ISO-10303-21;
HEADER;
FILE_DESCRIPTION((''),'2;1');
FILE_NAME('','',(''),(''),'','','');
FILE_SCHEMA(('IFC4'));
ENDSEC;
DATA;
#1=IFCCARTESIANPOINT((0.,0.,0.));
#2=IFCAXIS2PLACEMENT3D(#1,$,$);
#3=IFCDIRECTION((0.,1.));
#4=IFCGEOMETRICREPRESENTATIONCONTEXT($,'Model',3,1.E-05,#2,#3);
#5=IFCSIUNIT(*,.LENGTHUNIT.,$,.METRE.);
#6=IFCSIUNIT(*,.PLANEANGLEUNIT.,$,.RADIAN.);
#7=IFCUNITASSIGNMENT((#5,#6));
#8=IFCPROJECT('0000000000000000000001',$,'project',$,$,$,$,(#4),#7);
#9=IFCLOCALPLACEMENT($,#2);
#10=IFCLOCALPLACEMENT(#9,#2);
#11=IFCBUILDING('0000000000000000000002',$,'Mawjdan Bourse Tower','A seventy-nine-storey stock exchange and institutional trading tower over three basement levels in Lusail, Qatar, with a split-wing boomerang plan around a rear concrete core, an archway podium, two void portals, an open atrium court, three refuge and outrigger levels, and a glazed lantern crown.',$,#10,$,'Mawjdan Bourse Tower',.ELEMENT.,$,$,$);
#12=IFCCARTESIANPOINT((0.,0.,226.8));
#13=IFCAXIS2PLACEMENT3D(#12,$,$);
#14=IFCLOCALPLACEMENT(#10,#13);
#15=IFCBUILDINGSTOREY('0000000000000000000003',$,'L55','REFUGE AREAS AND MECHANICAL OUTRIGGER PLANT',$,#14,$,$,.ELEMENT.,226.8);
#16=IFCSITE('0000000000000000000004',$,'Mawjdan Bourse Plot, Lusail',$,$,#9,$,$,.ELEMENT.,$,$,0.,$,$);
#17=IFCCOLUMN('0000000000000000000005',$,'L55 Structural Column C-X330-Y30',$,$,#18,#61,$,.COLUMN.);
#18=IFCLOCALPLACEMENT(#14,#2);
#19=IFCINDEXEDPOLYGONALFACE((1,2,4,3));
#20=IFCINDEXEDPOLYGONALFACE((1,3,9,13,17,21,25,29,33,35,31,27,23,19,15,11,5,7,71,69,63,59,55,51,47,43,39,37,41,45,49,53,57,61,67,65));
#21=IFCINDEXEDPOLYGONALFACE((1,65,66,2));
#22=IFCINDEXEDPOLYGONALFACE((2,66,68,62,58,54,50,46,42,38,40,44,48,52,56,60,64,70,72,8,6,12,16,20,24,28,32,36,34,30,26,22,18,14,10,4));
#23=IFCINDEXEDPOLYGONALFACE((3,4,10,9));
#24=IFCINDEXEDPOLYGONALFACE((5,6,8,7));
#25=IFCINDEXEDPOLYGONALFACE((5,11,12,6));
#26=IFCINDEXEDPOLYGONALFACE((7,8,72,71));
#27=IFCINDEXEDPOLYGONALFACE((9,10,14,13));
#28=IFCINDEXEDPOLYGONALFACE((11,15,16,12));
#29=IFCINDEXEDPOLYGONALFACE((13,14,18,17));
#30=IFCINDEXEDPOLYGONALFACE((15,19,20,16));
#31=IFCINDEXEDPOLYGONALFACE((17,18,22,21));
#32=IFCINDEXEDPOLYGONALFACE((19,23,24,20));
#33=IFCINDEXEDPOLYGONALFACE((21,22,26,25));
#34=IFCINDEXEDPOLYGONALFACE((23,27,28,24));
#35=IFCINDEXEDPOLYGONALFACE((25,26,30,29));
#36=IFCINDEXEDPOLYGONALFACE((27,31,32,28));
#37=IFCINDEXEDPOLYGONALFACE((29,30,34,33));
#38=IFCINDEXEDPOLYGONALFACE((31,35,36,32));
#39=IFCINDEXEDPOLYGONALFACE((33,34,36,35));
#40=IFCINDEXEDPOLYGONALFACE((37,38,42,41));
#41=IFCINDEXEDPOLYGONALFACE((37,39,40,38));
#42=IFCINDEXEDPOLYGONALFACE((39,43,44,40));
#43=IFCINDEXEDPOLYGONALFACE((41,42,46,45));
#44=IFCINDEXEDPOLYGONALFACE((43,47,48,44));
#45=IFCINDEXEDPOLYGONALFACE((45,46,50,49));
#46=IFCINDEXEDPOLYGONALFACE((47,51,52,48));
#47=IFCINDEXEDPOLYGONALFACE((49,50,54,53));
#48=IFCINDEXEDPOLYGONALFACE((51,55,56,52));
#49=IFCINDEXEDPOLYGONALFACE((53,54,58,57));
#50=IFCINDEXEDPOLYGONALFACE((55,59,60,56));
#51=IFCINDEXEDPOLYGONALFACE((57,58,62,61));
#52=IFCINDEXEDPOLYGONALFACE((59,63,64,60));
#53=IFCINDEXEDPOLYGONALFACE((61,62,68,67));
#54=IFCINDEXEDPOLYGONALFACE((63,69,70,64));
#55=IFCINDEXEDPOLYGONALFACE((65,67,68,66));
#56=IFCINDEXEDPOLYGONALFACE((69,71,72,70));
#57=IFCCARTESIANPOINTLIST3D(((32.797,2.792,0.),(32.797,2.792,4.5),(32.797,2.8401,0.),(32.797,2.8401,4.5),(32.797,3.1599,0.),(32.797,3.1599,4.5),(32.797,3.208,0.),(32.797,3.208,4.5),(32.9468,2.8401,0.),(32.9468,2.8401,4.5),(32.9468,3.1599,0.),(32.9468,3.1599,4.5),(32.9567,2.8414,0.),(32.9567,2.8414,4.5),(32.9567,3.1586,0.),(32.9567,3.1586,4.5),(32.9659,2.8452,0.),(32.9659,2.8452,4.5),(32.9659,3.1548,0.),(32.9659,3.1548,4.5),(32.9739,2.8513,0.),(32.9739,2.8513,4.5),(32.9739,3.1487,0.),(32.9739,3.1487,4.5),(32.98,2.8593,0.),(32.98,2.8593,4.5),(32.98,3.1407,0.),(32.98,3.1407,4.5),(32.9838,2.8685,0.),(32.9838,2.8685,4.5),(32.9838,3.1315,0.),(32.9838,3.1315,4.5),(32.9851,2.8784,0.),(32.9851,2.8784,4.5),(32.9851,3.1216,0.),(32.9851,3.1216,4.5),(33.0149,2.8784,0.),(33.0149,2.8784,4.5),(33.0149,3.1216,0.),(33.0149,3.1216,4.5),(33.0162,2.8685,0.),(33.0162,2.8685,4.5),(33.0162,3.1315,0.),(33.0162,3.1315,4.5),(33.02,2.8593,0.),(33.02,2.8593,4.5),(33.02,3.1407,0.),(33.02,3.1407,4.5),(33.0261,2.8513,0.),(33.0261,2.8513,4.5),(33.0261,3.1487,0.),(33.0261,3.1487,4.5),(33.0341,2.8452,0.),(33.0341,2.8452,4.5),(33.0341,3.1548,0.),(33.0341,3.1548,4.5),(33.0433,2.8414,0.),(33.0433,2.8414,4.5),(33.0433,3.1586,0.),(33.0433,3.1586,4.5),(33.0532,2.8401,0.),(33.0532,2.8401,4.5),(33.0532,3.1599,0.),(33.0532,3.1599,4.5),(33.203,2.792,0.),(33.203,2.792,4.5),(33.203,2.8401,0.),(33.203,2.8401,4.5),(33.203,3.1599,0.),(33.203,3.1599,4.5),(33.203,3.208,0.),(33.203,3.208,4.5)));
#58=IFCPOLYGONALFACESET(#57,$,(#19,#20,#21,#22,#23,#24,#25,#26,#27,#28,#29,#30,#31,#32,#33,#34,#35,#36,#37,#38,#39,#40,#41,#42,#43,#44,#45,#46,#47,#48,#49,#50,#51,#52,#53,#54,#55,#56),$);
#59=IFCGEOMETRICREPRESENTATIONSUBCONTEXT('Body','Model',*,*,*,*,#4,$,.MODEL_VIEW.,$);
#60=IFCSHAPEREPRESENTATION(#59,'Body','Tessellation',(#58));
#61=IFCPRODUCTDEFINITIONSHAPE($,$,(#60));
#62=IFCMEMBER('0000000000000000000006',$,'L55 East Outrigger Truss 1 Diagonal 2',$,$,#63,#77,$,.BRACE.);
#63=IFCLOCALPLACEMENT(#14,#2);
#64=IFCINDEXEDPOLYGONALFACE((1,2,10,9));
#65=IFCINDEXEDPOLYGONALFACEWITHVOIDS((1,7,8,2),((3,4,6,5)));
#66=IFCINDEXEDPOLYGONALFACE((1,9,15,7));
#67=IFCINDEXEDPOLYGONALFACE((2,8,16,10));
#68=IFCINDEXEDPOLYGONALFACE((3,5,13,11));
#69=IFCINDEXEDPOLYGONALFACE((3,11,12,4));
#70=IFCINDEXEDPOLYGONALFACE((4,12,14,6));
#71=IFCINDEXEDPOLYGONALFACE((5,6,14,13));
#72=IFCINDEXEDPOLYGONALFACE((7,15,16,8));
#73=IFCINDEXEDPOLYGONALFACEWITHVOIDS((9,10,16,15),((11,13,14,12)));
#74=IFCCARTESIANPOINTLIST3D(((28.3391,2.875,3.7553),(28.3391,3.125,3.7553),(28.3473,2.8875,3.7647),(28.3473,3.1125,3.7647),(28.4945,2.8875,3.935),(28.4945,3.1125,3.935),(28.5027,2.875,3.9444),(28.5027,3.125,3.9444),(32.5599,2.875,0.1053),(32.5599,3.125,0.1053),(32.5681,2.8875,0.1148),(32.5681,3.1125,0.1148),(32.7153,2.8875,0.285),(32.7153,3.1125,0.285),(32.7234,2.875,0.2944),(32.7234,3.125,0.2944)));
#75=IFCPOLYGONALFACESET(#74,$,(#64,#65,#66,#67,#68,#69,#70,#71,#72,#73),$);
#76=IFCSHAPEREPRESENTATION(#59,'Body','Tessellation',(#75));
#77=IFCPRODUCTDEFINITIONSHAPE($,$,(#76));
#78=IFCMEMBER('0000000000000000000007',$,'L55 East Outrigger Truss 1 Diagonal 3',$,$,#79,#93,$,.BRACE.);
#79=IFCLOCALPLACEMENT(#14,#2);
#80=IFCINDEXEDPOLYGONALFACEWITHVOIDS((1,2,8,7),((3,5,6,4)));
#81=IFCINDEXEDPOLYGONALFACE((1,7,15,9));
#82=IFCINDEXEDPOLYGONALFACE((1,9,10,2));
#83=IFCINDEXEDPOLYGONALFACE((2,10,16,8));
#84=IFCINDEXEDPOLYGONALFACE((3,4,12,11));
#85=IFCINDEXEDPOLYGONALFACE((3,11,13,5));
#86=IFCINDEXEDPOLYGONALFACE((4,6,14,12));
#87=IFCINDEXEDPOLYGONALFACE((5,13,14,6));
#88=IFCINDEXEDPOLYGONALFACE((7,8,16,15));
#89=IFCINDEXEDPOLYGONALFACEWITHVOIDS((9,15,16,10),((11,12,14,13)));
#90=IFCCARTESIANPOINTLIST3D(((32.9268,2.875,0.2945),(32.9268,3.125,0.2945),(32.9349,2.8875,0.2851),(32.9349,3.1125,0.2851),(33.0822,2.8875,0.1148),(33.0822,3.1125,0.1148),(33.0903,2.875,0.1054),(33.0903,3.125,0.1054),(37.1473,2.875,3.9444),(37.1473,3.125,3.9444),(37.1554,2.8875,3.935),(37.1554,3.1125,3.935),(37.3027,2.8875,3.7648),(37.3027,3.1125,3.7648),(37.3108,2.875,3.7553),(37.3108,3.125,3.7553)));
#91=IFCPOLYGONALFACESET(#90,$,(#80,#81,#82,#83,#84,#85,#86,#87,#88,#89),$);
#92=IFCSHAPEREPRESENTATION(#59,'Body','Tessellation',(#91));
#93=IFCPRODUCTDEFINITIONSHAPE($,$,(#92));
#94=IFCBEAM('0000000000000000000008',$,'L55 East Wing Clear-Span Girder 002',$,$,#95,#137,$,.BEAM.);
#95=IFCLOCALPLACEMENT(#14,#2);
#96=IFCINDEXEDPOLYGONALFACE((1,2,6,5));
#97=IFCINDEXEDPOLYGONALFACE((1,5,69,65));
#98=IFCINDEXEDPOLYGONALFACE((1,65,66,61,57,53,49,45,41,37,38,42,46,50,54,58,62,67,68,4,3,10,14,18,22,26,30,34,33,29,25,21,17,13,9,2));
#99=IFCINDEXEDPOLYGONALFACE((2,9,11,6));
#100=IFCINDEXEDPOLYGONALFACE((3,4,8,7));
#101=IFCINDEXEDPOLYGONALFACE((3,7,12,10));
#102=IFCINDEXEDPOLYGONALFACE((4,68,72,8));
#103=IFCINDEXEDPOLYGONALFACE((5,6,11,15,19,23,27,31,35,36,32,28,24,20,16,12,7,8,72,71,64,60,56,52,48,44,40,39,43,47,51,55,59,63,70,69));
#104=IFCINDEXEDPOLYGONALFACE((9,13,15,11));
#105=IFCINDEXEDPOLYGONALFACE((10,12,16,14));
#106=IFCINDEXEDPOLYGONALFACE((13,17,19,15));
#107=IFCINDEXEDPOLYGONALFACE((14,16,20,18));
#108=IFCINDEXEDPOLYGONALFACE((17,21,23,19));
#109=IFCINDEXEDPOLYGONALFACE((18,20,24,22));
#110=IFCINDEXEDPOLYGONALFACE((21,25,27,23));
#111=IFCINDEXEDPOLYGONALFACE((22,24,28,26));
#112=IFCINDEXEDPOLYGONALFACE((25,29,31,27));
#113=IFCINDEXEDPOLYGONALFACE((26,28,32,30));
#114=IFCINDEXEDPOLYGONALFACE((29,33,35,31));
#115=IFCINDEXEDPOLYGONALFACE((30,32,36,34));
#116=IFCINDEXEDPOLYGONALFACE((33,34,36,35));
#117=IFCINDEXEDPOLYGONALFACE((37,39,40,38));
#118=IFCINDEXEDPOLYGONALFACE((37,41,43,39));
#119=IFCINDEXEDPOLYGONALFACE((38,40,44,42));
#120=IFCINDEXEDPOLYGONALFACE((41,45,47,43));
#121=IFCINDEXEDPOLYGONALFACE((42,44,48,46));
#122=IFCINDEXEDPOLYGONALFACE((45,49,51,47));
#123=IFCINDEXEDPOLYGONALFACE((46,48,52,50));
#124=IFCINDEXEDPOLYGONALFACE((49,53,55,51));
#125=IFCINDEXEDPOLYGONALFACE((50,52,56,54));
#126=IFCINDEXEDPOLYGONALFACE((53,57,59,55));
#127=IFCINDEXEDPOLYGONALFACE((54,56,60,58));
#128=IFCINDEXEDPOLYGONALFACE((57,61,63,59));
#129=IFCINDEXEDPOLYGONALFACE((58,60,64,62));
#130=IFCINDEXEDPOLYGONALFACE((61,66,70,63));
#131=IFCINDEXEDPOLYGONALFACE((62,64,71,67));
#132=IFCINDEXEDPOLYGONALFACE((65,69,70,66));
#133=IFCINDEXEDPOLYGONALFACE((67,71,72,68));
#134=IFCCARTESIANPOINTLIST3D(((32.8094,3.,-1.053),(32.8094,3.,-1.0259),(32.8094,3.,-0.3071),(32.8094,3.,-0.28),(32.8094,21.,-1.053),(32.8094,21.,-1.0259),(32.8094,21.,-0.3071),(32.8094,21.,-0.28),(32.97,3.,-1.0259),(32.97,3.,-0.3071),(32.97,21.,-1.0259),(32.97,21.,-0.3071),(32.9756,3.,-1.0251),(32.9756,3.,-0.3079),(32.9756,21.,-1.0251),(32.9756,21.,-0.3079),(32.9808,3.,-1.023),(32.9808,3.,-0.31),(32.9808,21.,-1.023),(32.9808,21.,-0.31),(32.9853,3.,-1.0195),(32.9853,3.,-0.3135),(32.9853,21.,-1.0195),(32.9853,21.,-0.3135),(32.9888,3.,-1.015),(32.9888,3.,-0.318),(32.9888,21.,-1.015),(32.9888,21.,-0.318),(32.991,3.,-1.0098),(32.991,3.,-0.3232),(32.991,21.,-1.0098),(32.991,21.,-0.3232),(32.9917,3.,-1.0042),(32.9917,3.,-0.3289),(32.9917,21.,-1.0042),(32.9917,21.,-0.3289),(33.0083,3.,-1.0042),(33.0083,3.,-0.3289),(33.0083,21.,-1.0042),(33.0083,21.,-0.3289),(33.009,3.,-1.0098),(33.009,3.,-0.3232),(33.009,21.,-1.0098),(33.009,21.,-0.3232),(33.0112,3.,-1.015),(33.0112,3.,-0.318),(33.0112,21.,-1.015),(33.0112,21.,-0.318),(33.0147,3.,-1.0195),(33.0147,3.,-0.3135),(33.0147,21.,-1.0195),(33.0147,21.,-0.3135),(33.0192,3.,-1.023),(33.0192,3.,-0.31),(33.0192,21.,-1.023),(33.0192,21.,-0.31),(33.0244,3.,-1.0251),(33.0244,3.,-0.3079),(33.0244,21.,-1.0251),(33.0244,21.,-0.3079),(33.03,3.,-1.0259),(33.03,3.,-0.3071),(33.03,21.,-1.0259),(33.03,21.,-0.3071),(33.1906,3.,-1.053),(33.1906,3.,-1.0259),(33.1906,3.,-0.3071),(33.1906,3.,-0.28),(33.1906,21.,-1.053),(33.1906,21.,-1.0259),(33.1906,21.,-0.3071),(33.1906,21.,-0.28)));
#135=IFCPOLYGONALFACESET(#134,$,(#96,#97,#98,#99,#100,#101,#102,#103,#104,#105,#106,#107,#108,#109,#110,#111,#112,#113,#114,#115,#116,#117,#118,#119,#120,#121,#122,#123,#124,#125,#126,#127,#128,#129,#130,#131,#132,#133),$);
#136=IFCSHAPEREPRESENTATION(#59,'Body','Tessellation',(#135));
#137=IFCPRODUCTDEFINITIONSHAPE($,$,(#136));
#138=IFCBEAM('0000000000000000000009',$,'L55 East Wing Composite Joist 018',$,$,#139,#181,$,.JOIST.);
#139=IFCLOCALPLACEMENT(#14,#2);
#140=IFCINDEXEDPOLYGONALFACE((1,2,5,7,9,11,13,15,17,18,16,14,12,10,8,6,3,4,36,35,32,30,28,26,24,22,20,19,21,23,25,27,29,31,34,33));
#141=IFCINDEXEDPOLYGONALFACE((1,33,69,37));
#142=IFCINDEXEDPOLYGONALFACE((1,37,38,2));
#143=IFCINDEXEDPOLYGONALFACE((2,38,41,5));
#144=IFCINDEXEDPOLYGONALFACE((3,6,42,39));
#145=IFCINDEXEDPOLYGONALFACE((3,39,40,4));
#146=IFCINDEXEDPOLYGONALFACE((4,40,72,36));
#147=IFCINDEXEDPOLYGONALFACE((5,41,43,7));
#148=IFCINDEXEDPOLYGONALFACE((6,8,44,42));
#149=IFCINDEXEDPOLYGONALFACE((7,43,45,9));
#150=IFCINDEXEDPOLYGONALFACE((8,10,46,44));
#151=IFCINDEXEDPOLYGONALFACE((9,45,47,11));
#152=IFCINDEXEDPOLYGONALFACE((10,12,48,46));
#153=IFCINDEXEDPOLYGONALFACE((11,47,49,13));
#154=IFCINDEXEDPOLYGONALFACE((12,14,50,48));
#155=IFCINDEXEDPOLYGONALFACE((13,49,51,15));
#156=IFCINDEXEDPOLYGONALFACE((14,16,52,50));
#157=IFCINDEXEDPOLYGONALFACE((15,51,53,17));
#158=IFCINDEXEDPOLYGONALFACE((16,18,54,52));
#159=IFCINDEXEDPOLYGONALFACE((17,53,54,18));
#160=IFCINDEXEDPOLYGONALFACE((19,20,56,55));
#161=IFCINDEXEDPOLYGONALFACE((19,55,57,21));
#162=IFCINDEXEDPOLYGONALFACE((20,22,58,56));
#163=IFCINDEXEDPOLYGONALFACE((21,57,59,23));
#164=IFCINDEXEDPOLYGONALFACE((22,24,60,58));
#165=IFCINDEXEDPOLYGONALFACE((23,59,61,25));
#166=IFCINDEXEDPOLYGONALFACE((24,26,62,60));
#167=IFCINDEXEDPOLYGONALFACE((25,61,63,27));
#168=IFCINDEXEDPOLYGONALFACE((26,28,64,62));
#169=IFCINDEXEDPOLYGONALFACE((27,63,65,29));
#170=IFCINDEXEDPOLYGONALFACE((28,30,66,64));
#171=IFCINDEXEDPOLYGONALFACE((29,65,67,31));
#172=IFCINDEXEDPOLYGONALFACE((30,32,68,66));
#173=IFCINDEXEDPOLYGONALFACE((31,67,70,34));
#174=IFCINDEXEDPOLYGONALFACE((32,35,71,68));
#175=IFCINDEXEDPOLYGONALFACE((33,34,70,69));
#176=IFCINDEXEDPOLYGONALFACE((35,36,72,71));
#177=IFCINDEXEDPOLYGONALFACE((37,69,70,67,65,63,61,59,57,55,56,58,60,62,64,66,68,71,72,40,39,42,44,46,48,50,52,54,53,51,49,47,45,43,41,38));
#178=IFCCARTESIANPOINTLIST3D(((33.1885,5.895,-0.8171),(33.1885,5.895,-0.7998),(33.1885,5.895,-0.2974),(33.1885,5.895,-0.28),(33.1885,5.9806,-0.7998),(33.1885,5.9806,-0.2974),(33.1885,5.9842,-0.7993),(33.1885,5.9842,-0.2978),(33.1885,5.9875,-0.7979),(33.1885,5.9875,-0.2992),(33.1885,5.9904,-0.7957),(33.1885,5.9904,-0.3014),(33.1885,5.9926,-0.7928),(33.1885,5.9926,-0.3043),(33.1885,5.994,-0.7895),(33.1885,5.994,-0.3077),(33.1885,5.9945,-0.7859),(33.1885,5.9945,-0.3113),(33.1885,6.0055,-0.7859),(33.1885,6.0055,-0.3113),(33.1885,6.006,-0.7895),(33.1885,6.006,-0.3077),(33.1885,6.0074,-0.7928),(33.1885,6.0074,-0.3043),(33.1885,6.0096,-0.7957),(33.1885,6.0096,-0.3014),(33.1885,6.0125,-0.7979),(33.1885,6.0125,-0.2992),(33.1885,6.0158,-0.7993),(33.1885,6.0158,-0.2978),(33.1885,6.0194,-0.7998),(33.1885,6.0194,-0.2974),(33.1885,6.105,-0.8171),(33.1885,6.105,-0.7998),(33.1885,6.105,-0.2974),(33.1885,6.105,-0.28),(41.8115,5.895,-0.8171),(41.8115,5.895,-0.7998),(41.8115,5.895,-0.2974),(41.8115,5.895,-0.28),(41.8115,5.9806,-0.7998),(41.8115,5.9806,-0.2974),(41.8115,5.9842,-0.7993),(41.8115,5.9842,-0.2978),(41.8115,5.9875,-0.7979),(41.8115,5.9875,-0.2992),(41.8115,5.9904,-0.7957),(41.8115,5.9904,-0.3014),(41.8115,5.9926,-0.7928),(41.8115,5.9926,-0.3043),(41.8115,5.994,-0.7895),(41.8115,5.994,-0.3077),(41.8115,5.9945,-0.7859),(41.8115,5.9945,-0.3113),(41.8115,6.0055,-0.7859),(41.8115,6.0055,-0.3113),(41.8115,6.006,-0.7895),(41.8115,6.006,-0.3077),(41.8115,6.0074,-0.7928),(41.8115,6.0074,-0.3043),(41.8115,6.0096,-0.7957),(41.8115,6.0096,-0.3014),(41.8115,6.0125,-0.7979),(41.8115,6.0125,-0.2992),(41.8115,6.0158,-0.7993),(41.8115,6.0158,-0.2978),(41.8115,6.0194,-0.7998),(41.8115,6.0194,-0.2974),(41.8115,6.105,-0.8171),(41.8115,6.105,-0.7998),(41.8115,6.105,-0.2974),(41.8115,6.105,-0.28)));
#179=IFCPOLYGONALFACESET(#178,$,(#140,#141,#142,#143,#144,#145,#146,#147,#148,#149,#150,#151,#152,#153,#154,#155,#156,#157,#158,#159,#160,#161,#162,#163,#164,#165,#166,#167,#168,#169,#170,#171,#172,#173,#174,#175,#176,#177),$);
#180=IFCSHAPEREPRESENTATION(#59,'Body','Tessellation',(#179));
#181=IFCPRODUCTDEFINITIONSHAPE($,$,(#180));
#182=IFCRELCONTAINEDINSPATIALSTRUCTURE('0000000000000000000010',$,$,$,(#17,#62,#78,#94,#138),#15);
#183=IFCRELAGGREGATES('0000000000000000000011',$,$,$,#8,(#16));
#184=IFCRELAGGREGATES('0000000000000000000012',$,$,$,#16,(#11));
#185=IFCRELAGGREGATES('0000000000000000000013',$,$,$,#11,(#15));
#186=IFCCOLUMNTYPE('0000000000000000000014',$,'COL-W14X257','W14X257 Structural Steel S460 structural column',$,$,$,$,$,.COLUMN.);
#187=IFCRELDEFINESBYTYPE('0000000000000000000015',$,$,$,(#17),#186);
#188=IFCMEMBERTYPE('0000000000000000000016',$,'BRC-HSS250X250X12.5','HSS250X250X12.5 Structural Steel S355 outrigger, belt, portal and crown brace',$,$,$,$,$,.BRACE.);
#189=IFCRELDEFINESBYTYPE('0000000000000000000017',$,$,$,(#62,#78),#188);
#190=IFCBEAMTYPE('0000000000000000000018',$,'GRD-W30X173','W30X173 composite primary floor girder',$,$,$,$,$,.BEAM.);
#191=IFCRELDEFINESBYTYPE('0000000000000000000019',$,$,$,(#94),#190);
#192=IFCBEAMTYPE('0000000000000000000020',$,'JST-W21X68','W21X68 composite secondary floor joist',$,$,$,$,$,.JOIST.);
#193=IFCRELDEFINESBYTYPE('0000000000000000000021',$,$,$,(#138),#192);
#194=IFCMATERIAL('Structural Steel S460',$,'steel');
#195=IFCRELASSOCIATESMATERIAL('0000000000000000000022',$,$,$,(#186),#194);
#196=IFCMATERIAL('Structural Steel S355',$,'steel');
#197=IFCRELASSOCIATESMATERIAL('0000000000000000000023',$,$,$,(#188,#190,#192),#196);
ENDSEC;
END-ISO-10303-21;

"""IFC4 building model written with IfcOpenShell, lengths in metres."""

from ifc_helpers import new_model, si_unit, direction, frame, origin, origin_2d, place, context, subcontext, project, spatial, hollow_rectangle, i_section, extrude, material, material_profile, profile_set, type_object, element, save


model = new_model("IFC4")

# Units and contexts
model_context = context("Model", 3, precision=1e-05, world=origin(), true_north=direction((0.0, 1.0)))
body_context = subcontext(model_context, "Body", "Model", "MODEL_VIEW")
ifc_project = project(units=[si_unit("LENGTHUNIT", "METRE"), si_unit("PLANEANGLEUNIT", "RADIAN")], contexts=[model_context])

# Site, building, storey
site_placement = place(None, origin())
site = spatial("IfcSite", under=ifc_project, at=site_placement, Name="Mawjdan Bourse Plot, Lusail", CompositionType="ELEMENT", RefElevation=0.0)
building_placement = place(site_placement, origin())
building = spatial("IfcBuilding", under=site, at=building_placement, Name="Mawjdan Bourse Tower", Description="A seventy-nine-storey stock exchange and institutional trading tower over three basement levels in Lusail, Qatar, with a split-wing boomerang plan around a rear concrete core, an archway podium, two void portals, an open atrium court, three refuge and outrigger levels, and a glazed lantern crown.", LongName="Mawjdan Bourse Tower", CompositionType="ELEMENT")
storey_placement = place(building_placement, frame((0.0, 0.0, 226.8)))
storey = spatial("IfcBuildingStorey", under=building, at=storey_placement, Name="L55", Description="REFUGE AREAS AND MECHANICAL OUTRIGGER PLANT", CompositionType="ELEMENT", Elevation=226.8)

# Column
ifc_material_1 = material(Name="Structural Steel S460", Category="steel")
ifc_material_profile_1 = material_profile(ifc_material_1, i_section(OverallWidth=0.406, OverallDepth=0.416, WebThickness=0.0298, FlangeThickness=0.0481, FilletRadius=0.0383, at=origin_2d()), Name="W14X257")
ifc_profile_set_1 = profile_set([ifc_material_profile_1], Name="Structural Steel S460")
column_type = type_object("IfcColumnType", Name="COL-W14X257", Description="W14X257 Structural Steel S460 structural column", PredefinedType="COLUMN", material=ifc_profile_set_1)
column_placement = place(storey_placement, frame((33.0, 3.0, 0.0), z_axis=(0.0, 0.0, 1.0), x_axis=(1.0, 0.0, 0.0)))
element("IfcColumn", 1, at=column_placement, inside=storey, type_object=column_type, Name="L55 Structural Column C-X330-Y30", PredefinedType="COLUMN", context=body_context, shape_type="SweptSolid", body=[
    extrude(i_section(OverallWidth=0.406, OverallDepth=0.416, WebThickness=0.0298, FlangeThickness=0.0481, FilletRadius=0.0383, at=origin_2d()), origin(), (0.0, 0.0, 1.0), 4.5),
])

# Members
ifc_material_2 = material(Name="Structural Steel S355", Category="steel")
ifc_material_profile_2 = material_profile(ifc_material_2, hollow_rectangle(XDim=0.25, YDim=0.25, WallThickness=0.0125, at=origin_2d()), Name="HSS250X250X12.5")
ifc_profile_set_2 = profile_set([ifc_material_profile_2], Name="Structural Steel S355")
member_type_1 = type_object("IfcMemberType", Name="BRC-HSS250X250X12.5", Description="HSS250X250X12.5 Structural Steel S355 outrigger, belt, portal and crown brace", PredefinedType="BRACE", material=ifc_profile_set_2)
member_1_placement = place(storey_placement, frame((28.4209, 3.0, 3.8499), z_axis=(0.756402, 0.0, -0.654107), x_axis=(0.0, 1.0, 0.0)))
element("IfcMember", 2, at=member_1_placement, inside=storey, type_object=member_type_1, Name="L55 East Outrigger Truss 1 Diagonal 2", PredefinedType="BRACE", context=body_context, shape_type="SweptSolid", body=[
    extrude(hollow_rectangle(XDim=0.25, YDim=0.25, WallThickness=0.0125, at=origin_2d()), origin(), (0.0, 0.0, 1.0), 5.5801),
])
member_2_placement = place(storey_placement, frame((33.0085, 3.0, 0.2), z_axis=(0.756383, 0.0, 0.654129), x_axis=(0.0, 1.0, 0.0)))
element("IfcMember", 3, at=member_2_placement, inside=storey, type_object=member_type_1, Name="L55 East Outrigger Truss 1 Diagonal 3", PredefinedType="BRACE", context=body_context, shape_type="SweptSolid", body=[
    extrude(hollow_rectangle(XDim=0.25, YDim=0.25, WallThickness=0.0125, at=origin_2d()), origin(), (0.0, 0.0, 1.0), 5.5798),
])

# Beams
ifc_material_profile_3 = material_profile(ifc_material_2, i_section(OverallWidth=0.3811, OverallDepth=0.7729, WebThickness=0.0166, FlangeThickness=0.0271, FilletRadius=0.0217, at=origin_2d()), Name="W30X173")
ifc_profile_set_3 = profile_set([ifc_material_profile_3], Name="Structural Steel S355")
beam_type_1 = type_object("IfcBeamType", Name="GRD-W30X173", Description="W30X173 composite primary floor girder", PredefinedType="BEAM", material=ifc_profile_set_3)
beam_1_placement = place(storey_placement, frame((33.0, 3.0, -0.6665), z_axis=(0.0, 1.0, 0.0), x_axis=(-1.0, 0.0, 0.0)))
element("IfcBeam", 4, at=beam_1_placement, inside=storey, type_object=beam_type_1, Name="L55 East Wing Clear-Span Girder 002", PredefinedType="BEAM", context=body_context, shape_type="SweptSolid", body=[
    extrude(i_section(OverallWidth=0.3811, OverallDepth=0.7729, WebThickness=0.0166, FlangeThickness=0.0271, FilletRadius=0.0217, at=origin_2d()), origin(), (0.0, 0.0, 1.0), 18.0),
])
ifc_material_profile_4 = material_profile(ifc_material_2, i_section(OverallWidth=0.21, OverallDepth=0.5371, WebThickness=0.011, FlangeThickness=0.0173, FilletRadius=0.0139, at=origin_2d()), Name="W21X68")
ifc_profile_set_4 = profile_set([ifc_material_profile_4], Name="Structural Steel S355")
beam_type_2 = type_object("IfcBeamType", Name="JST-W21X68", Description="W21X68 composite secondary floor joist", PredefinedType="JOIST", material=ifc_profile_set_4)
for number, where, z_axis, x_axis, name in (
    (5, (33.1885, 6.0, -0.5486), (1.0, 0.0, 0.0), (0.0, 1.0, 0.0), "L55 East Wing Composite Joist 018"),
):
    element("IfcBeam", number, at=place(storey_placement, frame(where, z_axis=z_axis, x_axis=x_axis)), inside=storey, type_object=beam_type_2, Name=name, PredefinedType="JOIST", context=body_context, shape_type="SweptSolid", body=[
        extrude(i_section(OverallWidth=0.21, OverallDepth=0.5371, WebThickness=0.011, FlangeThickness=0.0173, FilletRadius=0.0139, at=origin_2d()), origin(), (0.0, 0.0, 1.0), 8.623),
    ])

save(model, "model.ifc")
